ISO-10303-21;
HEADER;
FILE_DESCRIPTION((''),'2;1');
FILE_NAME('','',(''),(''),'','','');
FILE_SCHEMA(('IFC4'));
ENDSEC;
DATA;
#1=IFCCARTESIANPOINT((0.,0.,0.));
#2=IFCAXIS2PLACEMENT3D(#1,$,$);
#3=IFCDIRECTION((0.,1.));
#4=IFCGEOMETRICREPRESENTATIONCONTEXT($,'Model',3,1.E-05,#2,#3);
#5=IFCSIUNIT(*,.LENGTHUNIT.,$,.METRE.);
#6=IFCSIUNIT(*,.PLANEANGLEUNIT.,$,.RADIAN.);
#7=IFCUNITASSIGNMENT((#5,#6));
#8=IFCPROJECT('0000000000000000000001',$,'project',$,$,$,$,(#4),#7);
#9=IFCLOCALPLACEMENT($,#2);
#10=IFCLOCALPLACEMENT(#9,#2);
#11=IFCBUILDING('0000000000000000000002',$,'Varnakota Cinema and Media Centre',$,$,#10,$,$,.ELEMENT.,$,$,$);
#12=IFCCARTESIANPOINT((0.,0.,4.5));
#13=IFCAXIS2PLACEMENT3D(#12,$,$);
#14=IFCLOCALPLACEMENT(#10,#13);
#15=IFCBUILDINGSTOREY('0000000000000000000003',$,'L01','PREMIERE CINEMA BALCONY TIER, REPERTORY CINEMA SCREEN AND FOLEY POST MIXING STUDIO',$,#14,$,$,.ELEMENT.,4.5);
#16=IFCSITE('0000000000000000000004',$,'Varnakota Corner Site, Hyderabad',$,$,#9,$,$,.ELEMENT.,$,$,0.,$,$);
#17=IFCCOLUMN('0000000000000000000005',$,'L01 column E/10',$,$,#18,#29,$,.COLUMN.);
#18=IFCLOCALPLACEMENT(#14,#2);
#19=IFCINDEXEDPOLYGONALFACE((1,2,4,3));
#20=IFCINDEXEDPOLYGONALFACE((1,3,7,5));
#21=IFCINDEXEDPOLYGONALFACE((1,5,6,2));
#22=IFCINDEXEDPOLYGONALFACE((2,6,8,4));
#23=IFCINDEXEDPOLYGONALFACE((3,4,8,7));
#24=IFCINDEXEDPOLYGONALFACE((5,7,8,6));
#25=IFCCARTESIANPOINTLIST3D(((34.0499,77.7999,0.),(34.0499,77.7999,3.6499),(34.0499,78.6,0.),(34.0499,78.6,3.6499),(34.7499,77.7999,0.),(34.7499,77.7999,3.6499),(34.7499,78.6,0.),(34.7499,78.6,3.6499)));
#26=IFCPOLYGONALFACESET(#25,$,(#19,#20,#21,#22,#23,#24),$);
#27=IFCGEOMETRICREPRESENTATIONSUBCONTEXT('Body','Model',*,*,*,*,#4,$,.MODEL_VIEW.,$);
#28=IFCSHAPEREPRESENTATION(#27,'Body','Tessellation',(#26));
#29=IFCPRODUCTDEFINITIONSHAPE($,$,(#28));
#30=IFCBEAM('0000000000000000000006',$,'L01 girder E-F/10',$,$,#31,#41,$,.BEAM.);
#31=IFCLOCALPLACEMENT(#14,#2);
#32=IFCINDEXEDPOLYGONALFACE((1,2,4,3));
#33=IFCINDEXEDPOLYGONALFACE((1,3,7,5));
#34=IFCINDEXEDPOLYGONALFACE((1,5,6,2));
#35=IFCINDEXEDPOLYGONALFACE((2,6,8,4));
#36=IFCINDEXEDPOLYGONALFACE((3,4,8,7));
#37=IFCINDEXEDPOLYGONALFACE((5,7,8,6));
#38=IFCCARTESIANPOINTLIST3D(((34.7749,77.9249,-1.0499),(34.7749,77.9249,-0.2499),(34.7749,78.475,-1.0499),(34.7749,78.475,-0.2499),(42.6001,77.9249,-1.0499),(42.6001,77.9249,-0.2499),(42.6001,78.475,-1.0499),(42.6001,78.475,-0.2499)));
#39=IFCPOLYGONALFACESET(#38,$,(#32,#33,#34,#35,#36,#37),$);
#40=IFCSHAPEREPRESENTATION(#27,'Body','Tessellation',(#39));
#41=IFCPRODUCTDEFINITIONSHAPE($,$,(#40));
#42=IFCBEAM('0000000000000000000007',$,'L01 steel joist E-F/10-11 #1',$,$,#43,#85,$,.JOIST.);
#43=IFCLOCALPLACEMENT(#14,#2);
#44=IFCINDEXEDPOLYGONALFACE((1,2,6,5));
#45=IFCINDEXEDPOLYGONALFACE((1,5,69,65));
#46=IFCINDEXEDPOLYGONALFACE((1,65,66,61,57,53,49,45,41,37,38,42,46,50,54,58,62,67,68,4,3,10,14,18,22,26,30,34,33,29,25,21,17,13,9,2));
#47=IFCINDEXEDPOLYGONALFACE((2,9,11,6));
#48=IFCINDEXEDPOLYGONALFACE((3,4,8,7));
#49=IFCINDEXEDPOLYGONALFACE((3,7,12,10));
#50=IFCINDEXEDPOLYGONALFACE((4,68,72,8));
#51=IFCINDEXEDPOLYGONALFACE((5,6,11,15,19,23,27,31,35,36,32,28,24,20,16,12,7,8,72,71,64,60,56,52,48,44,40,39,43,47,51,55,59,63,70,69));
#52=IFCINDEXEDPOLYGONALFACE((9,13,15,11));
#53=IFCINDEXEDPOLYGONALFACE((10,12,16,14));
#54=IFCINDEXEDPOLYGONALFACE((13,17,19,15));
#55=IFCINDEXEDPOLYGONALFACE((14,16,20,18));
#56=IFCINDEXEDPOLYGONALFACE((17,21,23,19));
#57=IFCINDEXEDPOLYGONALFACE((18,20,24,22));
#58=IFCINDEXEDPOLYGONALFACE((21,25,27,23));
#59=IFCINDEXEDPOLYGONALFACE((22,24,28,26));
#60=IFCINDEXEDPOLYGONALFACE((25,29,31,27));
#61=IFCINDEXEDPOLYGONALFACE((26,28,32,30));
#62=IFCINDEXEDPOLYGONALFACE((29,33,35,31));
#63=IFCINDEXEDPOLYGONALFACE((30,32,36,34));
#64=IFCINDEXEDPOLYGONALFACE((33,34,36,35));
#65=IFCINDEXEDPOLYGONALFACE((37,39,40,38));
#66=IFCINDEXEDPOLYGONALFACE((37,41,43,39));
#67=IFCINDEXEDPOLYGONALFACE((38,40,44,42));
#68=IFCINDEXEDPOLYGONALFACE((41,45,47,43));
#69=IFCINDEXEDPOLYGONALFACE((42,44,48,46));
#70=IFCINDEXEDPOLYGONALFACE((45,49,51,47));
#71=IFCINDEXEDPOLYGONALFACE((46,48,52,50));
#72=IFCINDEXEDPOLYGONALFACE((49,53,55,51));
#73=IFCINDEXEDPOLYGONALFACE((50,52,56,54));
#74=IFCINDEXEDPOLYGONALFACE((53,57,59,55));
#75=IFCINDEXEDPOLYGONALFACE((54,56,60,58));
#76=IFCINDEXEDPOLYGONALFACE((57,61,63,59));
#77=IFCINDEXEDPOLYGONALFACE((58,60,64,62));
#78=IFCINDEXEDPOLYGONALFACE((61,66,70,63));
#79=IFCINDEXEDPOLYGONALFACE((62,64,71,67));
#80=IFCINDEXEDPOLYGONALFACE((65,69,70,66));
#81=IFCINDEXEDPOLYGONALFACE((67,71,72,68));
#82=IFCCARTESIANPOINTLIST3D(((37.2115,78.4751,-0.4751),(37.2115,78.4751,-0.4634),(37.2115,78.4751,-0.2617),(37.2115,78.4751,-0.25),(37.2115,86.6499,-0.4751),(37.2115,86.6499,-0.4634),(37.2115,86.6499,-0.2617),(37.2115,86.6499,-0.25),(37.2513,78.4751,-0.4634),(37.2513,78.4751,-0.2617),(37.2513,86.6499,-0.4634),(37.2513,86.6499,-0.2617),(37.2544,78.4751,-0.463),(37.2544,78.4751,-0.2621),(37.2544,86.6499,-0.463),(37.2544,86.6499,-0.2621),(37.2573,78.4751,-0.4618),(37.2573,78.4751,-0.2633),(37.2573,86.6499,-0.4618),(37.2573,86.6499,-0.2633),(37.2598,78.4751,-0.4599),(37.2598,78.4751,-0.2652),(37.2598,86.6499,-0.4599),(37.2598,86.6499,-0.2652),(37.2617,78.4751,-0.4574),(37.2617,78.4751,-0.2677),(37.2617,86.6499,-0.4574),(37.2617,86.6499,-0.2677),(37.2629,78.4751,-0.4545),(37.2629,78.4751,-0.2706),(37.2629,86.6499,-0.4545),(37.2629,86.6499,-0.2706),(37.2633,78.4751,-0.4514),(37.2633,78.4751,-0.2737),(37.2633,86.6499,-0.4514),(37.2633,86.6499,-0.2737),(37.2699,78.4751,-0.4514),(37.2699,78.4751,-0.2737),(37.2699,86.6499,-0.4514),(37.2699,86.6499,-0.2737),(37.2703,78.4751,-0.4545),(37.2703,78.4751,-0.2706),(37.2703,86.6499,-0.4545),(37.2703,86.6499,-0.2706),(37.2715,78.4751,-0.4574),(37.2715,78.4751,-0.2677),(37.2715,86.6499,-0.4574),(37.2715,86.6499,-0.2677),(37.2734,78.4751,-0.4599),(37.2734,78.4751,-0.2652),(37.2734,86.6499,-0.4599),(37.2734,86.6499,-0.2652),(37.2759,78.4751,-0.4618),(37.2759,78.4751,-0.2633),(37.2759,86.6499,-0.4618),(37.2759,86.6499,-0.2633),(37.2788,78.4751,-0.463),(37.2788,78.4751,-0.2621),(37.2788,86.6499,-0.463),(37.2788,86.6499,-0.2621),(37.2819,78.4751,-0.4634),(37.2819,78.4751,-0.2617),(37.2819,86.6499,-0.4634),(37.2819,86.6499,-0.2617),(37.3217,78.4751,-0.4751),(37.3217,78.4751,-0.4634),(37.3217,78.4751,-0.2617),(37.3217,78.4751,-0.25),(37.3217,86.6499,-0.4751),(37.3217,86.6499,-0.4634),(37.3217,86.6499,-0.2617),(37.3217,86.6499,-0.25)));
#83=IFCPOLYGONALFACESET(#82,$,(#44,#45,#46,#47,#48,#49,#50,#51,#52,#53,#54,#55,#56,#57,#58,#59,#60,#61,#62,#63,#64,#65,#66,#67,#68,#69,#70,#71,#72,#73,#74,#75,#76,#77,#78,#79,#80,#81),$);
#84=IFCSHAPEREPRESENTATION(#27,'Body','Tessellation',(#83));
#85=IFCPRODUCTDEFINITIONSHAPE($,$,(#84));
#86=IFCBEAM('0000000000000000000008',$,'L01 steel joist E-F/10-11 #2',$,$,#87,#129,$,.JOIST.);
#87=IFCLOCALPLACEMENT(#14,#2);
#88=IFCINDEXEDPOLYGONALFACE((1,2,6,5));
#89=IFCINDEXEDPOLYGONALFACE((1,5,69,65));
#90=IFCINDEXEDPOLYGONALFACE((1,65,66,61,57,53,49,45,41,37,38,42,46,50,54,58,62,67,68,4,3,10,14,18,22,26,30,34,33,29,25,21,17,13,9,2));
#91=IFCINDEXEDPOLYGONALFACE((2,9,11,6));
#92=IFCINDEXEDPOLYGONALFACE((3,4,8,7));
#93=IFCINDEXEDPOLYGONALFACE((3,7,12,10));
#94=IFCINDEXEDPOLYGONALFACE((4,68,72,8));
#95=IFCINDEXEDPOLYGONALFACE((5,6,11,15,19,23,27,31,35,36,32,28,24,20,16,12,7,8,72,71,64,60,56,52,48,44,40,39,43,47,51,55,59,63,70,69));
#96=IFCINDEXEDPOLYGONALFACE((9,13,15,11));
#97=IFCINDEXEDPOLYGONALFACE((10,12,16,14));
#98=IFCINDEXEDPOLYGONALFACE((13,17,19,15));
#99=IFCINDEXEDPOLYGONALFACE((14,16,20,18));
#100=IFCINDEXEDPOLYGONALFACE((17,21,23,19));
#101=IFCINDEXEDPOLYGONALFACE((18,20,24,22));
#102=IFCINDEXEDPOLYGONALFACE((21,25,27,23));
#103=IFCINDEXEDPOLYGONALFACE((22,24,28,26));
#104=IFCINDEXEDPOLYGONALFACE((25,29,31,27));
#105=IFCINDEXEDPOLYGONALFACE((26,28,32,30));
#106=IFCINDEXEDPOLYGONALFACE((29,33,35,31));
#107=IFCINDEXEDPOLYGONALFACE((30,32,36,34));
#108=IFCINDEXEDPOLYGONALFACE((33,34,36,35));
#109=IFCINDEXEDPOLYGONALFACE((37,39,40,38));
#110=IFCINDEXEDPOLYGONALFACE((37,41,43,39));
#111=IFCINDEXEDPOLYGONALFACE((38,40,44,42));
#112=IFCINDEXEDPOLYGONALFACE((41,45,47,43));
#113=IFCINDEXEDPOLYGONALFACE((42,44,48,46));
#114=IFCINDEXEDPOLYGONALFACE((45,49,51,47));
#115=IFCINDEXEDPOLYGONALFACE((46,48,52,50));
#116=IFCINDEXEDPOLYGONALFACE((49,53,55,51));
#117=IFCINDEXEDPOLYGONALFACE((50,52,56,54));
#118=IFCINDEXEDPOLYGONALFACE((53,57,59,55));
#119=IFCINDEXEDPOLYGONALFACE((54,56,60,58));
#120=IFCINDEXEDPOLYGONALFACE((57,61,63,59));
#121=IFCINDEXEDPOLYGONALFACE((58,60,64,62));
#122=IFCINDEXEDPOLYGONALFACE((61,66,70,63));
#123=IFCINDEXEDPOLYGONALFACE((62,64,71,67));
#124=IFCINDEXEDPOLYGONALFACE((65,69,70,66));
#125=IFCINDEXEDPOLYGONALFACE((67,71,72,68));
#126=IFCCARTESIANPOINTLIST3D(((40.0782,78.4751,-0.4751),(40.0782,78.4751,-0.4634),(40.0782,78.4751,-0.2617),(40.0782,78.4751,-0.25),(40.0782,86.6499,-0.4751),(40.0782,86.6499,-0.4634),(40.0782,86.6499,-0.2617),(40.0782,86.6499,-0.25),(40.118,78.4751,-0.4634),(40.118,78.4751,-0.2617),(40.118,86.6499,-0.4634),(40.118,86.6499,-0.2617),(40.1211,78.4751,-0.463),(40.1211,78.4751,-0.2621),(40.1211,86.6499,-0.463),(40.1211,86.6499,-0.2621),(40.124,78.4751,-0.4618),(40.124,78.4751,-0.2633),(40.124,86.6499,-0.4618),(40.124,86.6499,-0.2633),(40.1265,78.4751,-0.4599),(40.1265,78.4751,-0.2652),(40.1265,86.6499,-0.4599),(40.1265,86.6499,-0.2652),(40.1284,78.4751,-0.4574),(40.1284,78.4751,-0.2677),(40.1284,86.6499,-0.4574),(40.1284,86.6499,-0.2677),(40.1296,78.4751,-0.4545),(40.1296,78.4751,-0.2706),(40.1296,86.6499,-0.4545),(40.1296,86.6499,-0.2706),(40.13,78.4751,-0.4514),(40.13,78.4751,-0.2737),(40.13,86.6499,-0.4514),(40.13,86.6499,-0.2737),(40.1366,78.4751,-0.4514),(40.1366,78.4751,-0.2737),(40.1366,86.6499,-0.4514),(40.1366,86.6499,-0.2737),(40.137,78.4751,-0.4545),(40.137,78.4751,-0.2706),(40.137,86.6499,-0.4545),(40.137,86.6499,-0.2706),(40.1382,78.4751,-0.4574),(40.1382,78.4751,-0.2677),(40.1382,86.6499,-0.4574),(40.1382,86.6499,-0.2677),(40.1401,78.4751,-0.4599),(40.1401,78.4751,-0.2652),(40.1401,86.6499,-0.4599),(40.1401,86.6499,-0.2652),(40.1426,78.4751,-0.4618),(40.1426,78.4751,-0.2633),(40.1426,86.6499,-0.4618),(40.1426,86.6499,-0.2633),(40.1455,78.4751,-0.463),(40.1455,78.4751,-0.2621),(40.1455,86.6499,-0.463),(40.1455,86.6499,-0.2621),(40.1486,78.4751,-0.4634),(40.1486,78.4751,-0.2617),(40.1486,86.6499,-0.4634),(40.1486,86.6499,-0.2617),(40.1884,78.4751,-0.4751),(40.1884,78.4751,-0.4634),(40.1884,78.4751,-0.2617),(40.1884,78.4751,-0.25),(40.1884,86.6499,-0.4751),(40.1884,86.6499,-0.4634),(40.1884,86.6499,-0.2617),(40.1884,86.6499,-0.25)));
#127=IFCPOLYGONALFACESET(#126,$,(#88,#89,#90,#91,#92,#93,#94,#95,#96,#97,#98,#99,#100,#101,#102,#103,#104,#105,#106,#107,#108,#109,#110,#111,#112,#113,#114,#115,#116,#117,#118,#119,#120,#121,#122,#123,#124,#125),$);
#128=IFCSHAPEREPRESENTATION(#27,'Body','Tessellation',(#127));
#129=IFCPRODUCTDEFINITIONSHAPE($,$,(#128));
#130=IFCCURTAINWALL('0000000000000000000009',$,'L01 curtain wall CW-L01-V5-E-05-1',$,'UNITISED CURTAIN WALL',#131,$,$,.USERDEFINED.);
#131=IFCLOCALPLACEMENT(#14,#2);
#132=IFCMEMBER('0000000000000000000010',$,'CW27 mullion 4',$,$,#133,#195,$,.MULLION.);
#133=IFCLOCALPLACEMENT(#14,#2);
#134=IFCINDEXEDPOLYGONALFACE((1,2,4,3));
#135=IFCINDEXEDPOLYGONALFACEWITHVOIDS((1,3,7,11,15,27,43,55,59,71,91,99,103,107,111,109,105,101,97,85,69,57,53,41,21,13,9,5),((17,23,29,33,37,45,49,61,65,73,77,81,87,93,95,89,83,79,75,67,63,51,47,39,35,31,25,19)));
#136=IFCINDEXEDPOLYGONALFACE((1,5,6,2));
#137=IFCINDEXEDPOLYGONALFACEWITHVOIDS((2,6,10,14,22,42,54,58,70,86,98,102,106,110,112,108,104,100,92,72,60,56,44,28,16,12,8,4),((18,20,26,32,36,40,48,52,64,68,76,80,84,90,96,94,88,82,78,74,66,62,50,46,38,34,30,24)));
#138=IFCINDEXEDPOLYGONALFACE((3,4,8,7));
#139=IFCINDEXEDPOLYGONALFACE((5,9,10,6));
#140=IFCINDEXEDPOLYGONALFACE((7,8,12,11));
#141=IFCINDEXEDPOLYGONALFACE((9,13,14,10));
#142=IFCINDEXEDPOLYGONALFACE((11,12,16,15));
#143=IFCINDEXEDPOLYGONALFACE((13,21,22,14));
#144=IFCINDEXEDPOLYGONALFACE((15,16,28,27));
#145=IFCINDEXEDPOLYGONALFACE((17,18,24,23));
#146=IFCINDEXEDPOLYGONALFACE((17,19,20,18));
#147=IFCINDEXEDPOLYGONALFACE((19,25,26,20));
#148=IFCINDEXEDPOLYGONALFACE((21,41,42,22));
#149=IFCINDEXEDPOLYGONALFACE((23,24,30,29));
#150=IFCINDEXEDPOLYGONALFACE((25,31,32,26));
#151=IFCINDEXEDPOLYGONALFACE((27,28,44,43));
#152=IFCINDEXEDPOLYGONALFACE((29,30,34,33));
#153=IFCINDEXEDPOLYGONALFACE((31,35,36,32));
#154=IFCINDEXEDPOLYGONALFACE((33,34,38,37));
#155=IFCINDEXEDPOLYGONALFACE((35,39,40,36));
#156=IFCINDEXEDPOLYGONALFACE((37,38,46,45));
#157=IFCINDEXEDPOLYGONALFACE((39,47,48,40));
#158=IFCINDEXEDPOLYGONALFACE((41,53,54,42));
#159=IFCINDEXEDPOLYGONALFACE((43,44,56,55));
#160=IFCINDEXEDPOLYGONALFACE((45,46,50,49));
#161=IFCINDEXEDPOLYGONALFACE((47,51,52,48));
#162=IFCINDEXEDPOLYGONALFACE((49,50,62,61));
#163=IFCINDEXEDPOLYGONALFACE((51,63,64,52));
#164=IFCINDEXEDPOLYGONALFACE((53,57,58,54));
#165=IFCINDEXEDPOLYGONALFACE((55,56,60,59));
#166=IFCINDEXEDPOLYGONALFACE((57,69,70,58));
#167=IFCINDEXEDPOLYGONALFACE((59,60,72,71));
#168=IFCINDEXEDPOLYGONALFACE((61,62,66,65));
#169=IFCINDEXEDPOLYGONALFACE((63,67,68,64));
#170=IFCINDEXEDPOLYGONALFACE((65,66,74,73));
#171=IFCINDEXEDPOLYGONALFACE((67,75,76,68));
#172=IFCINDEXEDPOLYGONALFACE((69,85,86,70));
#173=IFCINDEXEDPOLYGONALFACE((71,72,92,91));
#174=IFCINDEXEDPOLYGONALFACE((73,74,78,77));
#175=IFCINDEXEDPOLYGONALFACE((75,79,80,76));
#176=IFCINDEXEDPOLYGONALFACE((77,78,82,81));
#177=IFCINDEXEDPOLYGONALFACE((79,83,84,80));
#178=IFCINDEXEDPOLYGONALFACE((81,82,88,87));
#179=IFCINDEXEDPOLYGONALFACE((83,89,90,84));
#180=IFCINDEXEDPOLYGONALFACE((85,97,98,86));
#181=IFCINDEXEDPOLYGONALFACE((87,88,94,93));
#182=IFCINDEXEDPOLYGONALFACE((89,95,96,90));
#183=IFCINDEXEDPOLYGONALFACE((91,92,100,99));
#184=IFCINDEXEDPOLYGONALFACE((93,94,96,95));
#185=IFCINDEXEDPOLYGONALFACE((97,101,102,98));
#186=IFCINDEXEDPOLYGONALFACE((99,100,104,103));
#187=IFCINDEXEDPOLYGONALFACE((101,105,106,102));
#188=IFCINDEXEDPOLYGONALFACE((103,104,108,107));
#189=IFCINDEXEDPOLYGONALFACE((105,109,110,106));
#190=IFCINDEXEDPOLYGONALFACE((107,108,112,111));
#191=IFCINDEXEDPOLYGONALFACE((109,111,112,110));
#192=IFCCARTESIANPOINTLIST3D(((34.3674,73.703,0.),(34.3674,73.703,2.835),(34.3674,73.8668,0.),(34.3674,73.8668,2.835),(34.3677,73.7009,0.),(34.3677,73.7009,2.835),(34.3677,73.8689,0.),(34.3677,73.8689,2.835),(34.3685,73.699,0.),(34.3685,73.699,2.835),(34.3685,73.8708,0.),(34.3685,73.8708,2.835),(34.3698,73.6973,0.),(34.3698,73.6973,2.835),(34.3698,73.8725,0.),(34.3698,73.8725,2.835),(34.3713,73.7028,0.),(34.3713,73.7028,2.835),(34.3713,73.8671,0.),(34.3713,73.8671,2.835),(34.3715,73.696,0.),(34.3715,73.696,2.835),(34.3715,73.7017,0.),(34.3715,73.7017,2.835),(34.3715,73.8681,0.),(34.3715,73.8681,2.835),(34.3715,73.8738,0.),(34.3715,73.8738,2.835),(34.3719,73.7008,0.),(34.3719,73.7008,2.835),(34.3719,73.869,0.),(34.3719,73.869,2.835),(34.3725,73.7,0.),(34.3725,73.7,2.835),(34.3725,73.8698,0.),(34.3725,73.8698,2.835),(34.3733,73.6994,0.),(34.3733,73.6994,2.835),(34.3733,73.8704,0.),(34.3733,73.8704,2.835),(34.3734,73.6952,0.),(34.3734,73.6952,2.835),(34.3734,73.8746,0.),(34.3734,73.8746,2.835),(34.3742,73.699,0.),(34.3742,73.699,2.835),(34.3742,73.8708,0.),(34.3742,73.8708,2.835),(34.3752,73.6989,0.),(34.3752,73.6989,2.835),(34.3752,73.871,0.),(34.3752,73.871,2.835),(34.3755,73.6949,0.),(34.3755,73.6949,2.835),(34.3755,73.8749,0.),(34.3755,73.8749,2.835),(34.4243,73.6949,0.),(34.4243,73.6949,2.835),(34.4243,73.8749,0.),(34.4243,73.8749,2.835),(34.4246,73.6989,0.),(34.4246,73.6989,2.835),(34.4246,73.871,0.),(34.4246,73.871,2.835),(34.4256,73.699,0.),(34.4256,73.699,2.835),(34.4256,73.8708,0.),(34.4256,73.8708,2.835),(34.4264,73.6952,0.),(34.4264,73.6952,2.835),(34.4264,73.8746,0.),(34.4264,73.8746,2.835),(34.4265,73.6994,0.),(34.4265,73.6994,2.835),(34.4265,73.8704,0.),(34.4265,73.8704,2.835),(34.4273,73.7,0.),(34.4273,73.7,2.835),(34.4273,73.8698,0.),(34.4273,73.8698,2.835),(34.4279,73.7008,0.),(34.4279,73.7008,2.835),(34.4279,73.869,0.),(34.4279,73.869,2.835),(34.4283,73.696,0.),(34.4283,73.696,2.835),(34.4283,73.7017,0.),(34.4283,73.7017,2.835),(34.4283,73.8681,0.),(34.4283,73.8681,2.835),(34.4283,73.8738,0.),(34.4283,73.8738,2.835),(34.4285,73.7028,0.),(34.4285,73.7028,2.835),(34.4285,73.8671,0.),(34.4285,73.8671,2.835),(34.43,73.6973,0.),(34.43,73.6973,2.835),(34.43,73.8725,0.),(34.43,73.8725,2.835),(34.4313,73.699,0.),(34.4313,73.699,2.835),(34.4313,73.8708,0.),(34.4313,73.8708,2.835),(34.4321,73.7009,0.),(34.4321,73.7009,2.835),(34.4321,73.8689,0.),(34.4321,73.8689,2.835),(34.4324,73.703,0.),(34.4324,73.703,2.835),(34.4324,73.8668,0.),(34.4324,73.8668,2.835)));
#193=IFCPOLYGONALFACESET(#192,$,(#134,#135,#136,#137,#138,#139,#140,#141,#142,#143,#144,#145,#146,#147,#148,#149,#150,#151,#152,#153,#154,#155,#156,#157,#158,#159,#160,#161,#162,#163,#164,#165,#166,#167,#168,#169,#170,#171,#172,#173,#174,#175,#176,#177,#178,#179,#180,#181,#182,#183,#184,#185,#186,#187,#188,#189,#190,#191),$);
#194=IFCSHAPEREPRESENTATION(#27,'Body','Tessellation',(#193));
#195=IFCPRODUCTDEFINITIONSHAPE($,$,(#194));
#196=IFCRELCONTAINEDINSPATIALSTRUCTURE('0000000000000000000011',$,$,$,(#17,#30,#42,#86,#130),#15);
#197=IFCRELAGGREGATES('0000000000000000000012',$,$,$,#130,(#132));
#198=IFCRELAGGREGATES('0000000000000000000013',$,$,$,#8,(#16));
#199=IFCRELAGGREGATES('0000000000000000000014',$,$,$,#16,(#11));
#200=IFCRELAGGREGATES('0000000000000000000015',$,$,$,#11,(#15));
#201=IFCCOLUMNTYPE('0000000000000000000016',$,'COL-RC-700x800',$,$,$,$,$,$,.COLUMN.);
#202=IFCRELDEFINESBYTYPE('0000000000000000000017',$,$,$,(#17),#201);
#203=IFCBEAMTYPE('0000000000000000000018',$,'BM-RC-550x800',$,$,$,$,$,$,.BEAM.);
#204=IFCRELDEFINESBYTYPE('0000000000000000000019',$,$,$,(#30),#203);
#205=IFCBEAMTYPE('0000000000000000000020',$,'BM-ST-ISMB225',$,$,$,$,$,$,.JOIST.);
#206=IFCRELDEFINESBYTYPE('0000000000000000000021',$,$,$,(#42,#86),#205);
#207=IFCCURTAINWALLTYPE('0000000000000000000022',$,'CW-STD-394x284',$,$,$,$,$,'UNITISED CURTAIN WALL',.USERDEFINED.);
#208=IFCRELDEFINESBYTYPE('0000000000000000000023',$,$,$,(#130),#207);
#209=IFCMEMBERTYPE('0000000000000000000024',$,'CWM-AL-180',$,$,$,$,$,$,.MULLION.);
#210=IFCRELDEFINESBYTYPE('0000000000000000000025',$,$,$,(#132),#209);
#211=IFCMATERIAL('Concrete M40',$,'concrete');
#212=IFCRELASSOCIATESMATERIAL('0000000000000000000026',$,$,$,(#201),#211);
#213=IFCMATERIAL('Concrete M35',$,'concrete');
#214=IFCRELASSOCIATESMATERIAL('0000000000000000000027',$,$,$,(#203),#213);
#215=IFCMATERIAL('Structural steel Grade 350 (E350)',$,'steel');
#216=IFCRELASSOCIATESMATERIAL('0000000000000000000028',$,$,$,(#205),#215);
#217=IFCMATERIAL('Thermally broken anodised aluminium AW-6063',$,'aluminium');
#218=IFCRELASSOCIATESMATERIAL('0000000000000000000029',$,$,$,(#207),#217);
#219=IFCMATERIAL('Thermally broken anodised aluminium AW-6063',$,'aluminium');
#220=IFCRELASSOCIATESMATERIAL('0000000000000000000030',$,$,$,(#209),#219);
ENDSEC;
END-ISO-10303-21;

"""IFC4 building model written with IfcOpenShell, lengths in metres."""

from ifc_helpers import new_model, si_unit, direction, frame, origin, origin_2d, place, context, subcontext, project, spatial, rectangle, hollow_rectangle, i_section, extrude, material, material_profile, profile_set, type_object, element, aggregate, save


model = new_model("IFC4")

# Units and contexts
model_context = context("Model", 3, precision=1e-05, world=origin(), true_north=direction((0.0, 1.0)))
body_context = subcontext(model_context, "Body", "Model", "MODEL_VIEW")
ifc_project = project(units=[si_unit("LENGTHUNIT", "METRE"), si_unit("PLANEANGLEUNIT", "RADIAN")], contexts=[model_context])

# Site, building, storey
site_placement = place(None, origin())
site = spatial("IfcSite", under=ifc_project, at=site_placement, Name="Varnakota Corner Site, Hyderabad", CompositionType="ELEMENT", RefElevation=0.0)
building_placement = place(site_placement, origin())
building = spatial("IfcBuilding", under=site, at=building_placement, Name="Varnakota Cinema and Media Centre", CompositionType="ELEMENT")
storey_placement = place(building_placement, frame((0.0, 0.0, 4.5)))
storey = spatial("IfcBuildingStorey", under=building, at=storey_placement, Name="L01", Description="PREMIERE CINEMA BALCONY TIER, REPERTORY CINEMA SCREEN AND FOLEY POST MIXING STUDIO", CompositionType="ELEMENT", Elevation=4.5)

# Column
ifc_material_1 = material(Name="Concrete M40", Category="concrete")
ifc_material_profile_1 = material_profile(ifc_material_1, rectangle(XDim=0.7, YDim=0.8, at=origin_2d()), Name="RC 700x800")
ifc_profile_set_1 = profile_set([ifc_material_profile_1], Name="Concrete M40")
column_type = type_object("IfcColumnType", Name="COL-RC-700x800", PredefinedType="COLUMN", material=ifc_profile_set_1)
column_placement = place(storey_placement, frame((34.3999, 78.2, 0.0), z_axis=(0.0, 0.0, 1.0), x_axis=(1.0, 0.0, 0.0)))
element("IfcColumn", 1, at=column_placement, inside=storey, type_object=column_type, Name="L01 column E/10", PredefinedType="COLUMN", context=body_context, shape_type="SweptSolid", body=[
    extrude(rectangle(XDim=0.7, YDim=0.8, at=origin_2d()), origin(), (0.0, 0.0, 1.0), 3.6499),
])

# Beams
ifc_material_2 = material(Name="Concrete M35", Category="concrete")
ifc_material_profile_2 = material_profile(ifc_material_2, rectangle(XDim=0.55, YDim=0.8, at=origin_2d()), Name="RCB 550x800")
ifc_profile_set_2 = profile_set([ifc_material_profile_2], Name="Concrete M35")
beam_type_1 = type_object("IfcBeamType", Name="BM-RC-550x800", PredefinedType="BEAM", material=ifc_profile_set_2)
beam_placement = place(storey_placement, frame((34.7749, 78.2, -0.6499), z_axis=(1.0, 0.0, 0.0), x_axis=(0.0, 1.0, 0.0)))
element("IfcBeam", 2, at=beam_placement, inside=storey, type_object=beam_type_1, Name="L01 girder E-F/10", PredefinedType="BEAM", context=body_context, shape_type="SweptSolid", body=[
    extrude(rectangle(XDim=0.55, YDim=0.8, at=origin_2d()), origin(), (0.0, 0.0, 1.0), 7.8252),
])
ifc_material_3 = material(Name="Structural steel Grade 350 (E350)", Category="steel")
ifc_material_profile_3 = material_profile(ifc_material_3, i_section(OverallWidth=0.1101, OverallDepth=0.2251, WebThickness=0.0066, FlangeThickness=0.0117, FilletRadius=0.012, at=origin_2d()), Name="ISMB 225")
ifc_profile_set_3 = profile_set([ifc_material_profile_3], Name="Structural steel Grade 350 (E350)")
beam_type_2 = type_object("IfcBeamType", Name="BM-ST-ISMB225", PredefinedType="JOIST", material=ifc_profile_set_3)
for number, where, z_axis, x_axis, name in (
    (3, (37.2666, 78.4751, -0.3625), (0.0, 1.0, 0.0), (-1.0, 0.0, 0.0), "L01 steel joist E-F/10-11 #1"),
    (4, (40.1333, 78.4751, -0.3625), (0.0, 1.0, 0.0), (-1.0, 0.0, 0.0), "L01 steel joist E-F/10-11 #2"),
):
    element("IfcBeam", number, at=place(storey_placement, frame(where, z_axis=z_axis, x_axis=x_axis)), inside=storey, type_object=beam_type_2, Name=name, PredefinedType="JOIST", context=body_context, shape_type="SweptSolid", body=[
        extrude(i_section(OverallWidth=0.1101, OverallDepth=0.2251, WebThickness=0.0066, FlangeThickness=0.0117, FilletRadius=0.012, at=origin_2d()), origin(), (0.0, 0.0, 1.0), 8.1748),
    ])

# Curtain wall, member
ifc_material_4 = material(Name="Thermally broken anodised aluminium AW-6063", Category="aluminium")
curtain_wall_type = type_object("IfcCurtainWallType", Name="CW-STD-394x284", ElementType="UNITISED CURTAIN WALL", PredefinedType="USERDEFINED", material=ifc_material_4)
curtain_wall_1_placement = place(storey_placement, origin())
curtain_wall_1 = element("IfcCurtainWall", 5, at=curtain_wall_1_placement, inside=storey, type_object=curtain_wall_type, Name="L01 curtain wall CW-L01-V5-E-05-1", ObjectType="UNITISED CURTAIN WALL", PredefinedType="USERDEFINED")
ifc_material_5 = material(Name="Thermally broken anodised aluminium AW-6063", Category="aluminium")
ifc_material_profile_4 = material_profile(ifc_material_5, hollow_rectangle(XDim=0.0649, YDim=0.1799, WallThickness=0.0039, InnerFilletRadius=0.0039, OuterFilletRadius=0.0081, at=origin_2d()), Name="AL-MULLION 180x65x4")
ifc_profile_set_4 = profile_set([ifc_material_profile_4], Name="Thermally broken anodised aluminium AW-6063")
member_type_1 = type_object("IfcMemberType", Name="CWM-AL-180", PredefinedType="MULLION", material=ifc_profile_set_4)
member_1_placement = place(storey_placement, frame((34.3999, 73.7849, 0.0), z_axis=(0.0, 0.0, 1.0), x_axis=(-1.0, 0.0, 0.0)))
member_1 = element("IfcMember", 6, at=member_1_placement, type_object=member_type_1, Name="CW27 mullion 4", PredefinedType="MULLION", context=body_context, shape_type="SweptSolid", body=[
    extrude(hollow_rectangle(XDim=0.0649, YDim=0.1799, WallThickness=0.0039, InnerFilletRadius=0.0039, OuterFilletRadius=0.0081, at=origin_2d()), origin(), (0.0, 0.0, 1.0), 2.835),
])

aggregate(curtain_wall_1, [member_1])

save(model, "model.ifc")
